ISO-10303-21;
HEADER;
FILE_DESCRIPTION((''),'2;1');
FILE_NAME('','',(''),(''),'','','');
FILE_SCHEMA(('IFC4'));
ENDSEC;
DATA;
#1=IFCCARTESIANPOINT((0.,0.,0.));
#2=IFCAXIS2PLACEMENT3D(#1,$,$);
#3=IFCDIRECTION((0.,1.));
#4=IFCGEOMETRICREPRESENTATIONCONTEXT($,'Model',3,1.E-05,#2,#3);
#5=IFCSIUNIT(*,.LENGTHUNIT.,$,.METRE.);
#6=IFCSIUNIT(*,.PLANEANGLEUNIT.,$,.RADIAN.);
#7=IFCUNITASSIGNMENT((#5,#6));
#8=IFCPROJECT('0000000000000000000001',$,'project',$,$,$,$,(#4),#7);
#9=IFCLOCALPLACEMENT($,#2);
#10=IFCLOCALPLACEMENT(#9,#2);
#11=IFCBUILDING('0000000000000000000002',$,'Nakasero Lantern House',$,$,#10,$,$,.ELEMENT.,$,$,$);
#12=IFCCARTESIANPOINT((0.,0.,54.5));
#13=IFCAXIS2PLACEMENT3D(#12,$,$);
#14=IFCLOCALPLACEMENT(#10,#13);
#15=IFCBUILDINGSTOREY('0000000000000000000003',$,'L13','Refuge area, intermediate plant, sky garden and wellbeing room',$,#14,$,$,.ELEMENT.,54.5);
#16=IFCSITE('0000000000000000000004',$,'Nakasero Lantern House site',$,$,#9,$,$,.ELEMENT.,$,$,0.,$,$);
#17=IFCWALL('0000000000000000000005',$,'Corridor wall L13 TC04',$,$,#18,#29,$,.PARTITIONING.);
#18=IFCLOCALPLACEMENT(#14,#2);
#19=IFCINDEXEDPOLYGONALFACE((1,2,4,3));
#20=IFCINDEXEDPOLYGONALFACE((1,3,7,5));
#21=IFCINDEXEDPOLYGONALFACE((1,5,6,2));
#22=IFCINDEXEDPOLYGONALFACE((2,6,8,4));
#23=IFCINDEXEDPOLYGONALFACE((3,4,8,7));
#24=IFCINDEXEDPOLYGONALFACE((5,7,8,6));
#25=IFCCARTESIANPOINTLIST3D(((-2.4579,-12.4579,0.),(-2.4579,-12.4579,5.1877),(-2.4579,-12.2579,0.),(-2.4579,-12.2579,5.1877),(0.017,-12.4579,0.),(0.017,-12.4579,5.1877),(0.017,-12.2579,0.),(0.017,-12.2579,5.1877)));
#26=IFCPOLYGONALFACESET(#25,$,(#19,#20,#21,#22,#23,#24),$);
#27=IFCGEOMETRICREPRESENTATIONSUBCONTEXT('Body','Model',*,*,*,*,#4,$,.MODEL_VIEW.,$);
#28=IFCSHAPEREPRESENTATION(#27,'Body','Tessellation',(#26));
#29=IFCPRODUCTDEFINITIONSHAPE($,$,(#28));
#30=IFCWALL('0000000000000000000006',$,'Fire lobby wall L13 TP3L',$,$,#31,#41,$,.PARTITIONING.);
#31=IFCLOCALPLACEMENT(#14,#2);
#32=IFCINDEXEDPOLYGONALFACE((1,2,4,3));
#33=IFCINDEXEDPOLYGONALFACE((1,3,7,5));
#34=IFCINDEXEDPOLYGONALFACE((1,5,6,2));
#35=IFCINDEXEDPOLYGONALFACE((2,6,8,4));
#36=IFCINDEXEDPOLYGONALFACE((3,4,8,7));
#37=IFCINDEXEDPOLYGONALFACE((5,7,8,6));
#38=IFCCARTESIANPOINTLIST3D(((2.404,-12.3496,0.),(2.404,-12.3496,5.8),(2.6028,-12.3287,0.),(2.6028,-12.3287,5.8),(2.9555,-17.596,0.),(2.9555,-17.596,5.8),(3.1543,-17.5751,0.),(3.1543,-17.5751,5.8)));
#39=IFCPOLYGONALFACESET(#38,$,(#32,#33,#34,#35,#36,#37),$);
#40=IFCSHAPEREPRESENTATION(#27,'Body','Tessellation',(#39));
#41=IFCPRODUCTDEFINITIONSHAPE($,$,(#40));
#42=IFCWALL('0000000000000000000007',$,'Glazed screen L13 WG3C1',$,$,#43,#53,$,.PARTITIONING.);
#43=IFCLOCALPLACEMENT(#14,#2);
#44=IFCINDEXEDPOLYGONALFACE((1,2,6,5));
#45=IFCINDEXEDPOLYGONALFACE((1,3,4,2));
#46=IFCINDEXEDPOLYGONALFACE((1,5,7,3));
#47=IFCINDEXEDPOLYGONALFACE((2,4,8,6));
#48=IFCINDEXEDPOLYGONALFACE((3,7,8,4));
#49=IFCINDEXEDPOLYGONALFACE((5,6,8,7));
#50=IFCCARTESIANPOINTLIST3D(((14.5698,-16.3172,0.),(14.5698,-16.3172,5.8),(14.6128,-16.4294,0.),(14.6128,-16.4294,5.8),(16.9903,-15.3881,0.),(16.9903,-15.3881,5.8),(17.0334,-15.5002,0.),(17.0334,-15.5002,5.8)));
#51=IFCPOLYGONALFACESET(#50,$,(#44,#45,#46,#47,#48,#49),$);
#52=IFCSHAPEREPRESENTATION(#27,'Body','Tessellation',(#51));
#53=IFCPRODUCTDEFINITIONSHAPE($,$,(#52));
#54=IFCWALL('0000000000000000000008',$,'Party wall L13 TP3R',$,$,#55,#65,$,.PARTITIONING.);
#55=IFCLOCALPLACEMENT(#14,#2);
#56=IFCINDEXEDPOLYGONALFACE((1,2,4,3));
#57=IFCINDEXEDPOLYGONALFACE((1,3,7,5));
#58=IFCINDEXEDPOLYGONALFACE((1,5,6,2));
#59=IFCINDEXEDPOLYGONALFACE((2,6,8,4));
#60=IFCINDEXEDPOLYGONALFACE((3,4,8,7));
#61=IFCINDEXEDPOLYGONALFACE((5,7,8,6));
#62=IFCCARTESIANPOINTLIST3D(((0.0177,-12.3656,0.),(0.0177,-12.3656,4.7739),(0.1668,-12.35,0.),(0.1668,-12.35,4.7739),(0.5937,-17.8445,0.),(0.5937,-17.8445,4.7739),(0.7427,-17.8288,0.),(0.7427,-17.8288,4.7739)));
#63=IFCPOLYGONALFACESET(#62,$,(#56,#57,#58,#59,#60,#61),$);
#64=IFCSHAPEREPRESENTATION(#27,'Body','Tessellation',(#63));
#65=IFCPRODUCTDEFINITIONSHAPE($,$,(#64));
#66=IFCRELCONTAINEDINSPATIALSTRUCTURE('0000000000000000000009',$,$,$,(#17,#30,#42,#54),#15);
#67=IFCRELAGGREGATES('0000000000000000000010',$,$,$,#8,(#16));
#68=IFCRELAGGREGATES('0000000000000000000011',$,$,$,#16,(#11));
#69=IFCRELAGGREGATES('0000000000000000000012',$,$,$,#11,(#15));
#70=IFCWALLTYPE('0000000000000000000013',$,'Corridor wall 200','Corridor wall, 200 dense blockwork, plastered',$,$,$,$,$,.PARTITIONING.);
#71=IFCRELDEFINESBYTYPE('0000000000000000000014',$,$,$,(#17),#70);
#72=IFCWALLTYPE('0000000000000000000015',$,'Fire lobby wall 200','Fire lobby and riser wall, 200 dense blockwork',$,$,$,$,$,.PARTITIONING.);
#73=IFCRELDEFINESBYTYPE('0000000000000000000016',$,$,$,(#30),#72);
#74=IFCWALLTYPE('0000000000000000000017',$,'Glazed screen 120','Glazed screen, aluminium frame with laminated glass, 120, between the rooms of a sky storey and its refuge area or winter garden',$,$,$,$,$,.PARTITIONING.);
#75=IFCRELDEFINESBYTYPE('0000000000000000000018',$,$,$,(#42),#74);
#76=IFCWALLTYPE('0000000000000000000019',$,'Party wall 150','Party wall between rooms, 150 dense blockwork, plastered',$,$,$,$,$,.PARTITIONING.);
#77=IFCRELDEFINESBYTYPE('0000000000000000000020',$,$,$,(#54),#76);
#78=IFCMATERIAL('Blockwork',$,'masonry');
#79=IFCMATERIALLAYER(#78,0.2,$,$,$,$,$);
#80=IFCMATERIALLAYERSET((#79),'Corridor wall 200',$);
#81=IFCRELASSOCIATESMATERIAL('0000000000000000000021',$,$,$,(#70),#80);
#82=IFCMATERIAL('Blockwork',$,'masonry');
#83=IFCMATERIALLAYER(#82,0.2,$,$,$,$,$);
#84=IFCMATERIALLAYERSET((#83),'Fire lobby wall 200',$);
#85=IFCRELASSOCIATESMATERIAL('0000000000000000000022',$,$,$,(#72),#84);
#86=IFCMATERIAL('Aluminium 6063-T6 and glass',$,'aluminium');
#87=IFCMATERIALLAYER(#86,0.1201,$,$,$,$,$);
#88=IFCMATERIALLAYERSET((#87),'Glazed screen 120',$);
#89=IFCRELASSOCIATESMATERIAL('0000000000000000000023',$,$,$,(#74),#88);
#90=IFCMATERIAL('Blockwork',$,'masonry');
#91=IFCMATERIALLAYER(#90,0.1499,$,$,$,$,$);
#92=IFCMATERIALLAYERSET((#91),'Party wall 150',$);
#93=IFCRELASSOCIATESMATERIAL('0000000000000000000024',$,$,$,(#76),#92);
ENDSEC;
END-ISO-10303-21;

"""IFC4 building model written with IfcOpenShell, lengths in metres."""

from ifc_helpers import new_model, si_unit, direction, frame, frame_2d, origin, place, context, subcontext, project, spatial, rectangle, extrude, material, layer, layer_set, type_object, element, save


model = new_model("IFC4")

# Units and contexts
model_context = context("Model", 3, precision=1e-05, world=origin(), true_north=direction((0.0, 1.0)))
body_context = subcontext(model_context, "Body", "Model", "MODEL_VIEW")
ifc_project = project(units=[si_unit("LENGTHUNIT", "METRE"), si_unit("PLANEANGLEUNIT", "RADIAN")], contexts=[model_context])

# Site, building, storey
site_placement = place(None, origin())
site = spatial("IfcSite", under=ifc_project, at=site_placement, Name="Nakasero Lantern House site", CompositionType="ELEMENT", RefElevation=0.0)
building_placement = place(site_placement, origin())
building = spatial("IfcBuilding", under=site, at=building_placement, Name="Nakasero Lantern House", CompositionType="ELEMENT")
storey_placement = place(building_placement, frame((0.0, 0.0, 54.5)))
storey = spatial("IfcBuildingStorey", under=building, at=storey_placement, Name="L13", Description="Refuge area, intermediate plant, sky garden and wellbeing room", CompositionType="ELEMENT", Elevation=54.5)

# Walls
ifc_material_1 = material(Name="Blockwork", Category="masonry")
ifc_layer_1 = layer(ifc_material_1, 0.2)
ifc_layer_set_1 = layer_set([ifc_layer_1], Name="Corridor wall 200")
wall_type_1 = type_object("IfcWallType", Name="Corridor wall 200", Description="Corridor wall, 200 dense blockwork, plastered", PredefinedType="PARTITIONING", material=ifc_layer_set_1)
wall_1_placement = place(storey_placement, frame((0.0168, -12.3579, 0.0), z_axis=(0.0, 0.0, 1.0), x_axis=(-1.0, 0.0, 0.0)))
element("IfcWall", 1, at=wall_1_placement, inside=storey, type_object=wall_type_1, Name="Corridor wall L13 TC04", PredefinedType="PARTITIONING", context=body_context, shape_type="SweptSolid", body=[
    extrude(rectangle(XDim=2.4749, YDim=0.2, at=frame_2d((1.2373, 0.0))), origin(), (0.0, 0.0, 1.0), 5.1877),
])
ifc_material_2 = material(Name="Blockwork", Category="masonry")
ifc_layer_2 = layer(ifc_material_2, 0.2)
ifc_layer_set_2 = layer_set([ifc_layer_2], Name="Fire lobby wall 200")
wall_type_2 = type_object("IfcWallType", Name="Fire lobby wall 200", Description="Fire lobby and riser wall, 200 dense blockwork", PredefinedType="PARTITIONING", material=ifc_layer_set_2)
wall_2_placement = place(storey_placement, frame((2.5034, -12.3391, 0.0), z_axis=(0.0, 0.0, 1.0), x_axis=(0.104543, -0.99452, 0.0)))
element("IfcWall", 2, at=wall_2_placement, inside=storey, type_object=wall_type_2, Name="Fire lobby wall L13 TP3L", PredefinedType="PARTITIONING", context=body_context, shape_type="SweptSolid", body=[
    extrude(rectangle(XDim=5.2754, YDim=0.2, at=frame_2d((2.6377, 0.0))), origin(), (0.0, 0.0, 1.0), 5.8),
])
ifc_material_3 = material(Name="Aluminium 6063-T6 and glass", Category="aluminium")
ifc_layer_3 = layer(ifc_material_3, 0.1201)
ifc_layer_set_3 = layer_set([ifc_layer_3], Name="Glazed screen 120")
wall_type_3 = type_object("IfcWallType", Name="Glazed screen 120", Description="Glazed screen, aluminium frame with laminated glass, 120, between the rooms of a sky storey and its refuge area or winter garden", PredefinedType="PARTITIONING", material=ifc_layer_set_3)
wall_3_placement = place(storey_placement, frame((14.5913, -16.3733, 0.0), z_axis=(0.0, 0.0, 1.0), x_axis=(0.933581, 0.358367, 0.0)))
element("IfcWall", 3, at=wall_3_placement, inside=storey, type_object=wall_type_3, Name="Glazed screen L13 WG3C1", PredefinedType="PARTITIONING", context=body_context, shape_type="SweptSolid", body=[
    extrude(rectangle(XDim=2.5928, YDim=0.1201, at=frame_2d((1.2964, 0.0))), origin(), (0.0, 0.0, 1.0), 5.8),
])
ifc_material_4 = material(Name="Blockwork", Category="masonry")
ifc_layer_4 = layer(ifc_material_4, 0.1499)
ifc_layer_set_4 = layer_set([ifc_layer_4], Name="Party wall 150")
wall_type_4 = type_object("IfcWallType", Name="Party wall 150", Description="Party wall between rooms, 150 dense blockwork, plastered", PredefinedType="PARTITIONING", material=ifc_layer_set_4)
wall_4_placement = place(storey_placement, frame((0.0923, -12.3579, 0.0), z_axis=(0.0, 0.0, 1.0), x_axis=(0.104544, -0.99452, 0.0)))
element("IfcWall", 4, at=wall_4_placement, inside=storey, type_object=wall_type_4, Name="Party wall L13 TP3R", PredefinedType="PARTITIONING", context=body_context, shape_type="SweptSolid", body=[
    extrude(rectangle(XDim=5.509, YDim=0.1499, at=frame_2d((2.7544, 0.0))), origin(), (0.0, 0.0, 1.0), 4.7739),
])

save(model, "model.ifc")
